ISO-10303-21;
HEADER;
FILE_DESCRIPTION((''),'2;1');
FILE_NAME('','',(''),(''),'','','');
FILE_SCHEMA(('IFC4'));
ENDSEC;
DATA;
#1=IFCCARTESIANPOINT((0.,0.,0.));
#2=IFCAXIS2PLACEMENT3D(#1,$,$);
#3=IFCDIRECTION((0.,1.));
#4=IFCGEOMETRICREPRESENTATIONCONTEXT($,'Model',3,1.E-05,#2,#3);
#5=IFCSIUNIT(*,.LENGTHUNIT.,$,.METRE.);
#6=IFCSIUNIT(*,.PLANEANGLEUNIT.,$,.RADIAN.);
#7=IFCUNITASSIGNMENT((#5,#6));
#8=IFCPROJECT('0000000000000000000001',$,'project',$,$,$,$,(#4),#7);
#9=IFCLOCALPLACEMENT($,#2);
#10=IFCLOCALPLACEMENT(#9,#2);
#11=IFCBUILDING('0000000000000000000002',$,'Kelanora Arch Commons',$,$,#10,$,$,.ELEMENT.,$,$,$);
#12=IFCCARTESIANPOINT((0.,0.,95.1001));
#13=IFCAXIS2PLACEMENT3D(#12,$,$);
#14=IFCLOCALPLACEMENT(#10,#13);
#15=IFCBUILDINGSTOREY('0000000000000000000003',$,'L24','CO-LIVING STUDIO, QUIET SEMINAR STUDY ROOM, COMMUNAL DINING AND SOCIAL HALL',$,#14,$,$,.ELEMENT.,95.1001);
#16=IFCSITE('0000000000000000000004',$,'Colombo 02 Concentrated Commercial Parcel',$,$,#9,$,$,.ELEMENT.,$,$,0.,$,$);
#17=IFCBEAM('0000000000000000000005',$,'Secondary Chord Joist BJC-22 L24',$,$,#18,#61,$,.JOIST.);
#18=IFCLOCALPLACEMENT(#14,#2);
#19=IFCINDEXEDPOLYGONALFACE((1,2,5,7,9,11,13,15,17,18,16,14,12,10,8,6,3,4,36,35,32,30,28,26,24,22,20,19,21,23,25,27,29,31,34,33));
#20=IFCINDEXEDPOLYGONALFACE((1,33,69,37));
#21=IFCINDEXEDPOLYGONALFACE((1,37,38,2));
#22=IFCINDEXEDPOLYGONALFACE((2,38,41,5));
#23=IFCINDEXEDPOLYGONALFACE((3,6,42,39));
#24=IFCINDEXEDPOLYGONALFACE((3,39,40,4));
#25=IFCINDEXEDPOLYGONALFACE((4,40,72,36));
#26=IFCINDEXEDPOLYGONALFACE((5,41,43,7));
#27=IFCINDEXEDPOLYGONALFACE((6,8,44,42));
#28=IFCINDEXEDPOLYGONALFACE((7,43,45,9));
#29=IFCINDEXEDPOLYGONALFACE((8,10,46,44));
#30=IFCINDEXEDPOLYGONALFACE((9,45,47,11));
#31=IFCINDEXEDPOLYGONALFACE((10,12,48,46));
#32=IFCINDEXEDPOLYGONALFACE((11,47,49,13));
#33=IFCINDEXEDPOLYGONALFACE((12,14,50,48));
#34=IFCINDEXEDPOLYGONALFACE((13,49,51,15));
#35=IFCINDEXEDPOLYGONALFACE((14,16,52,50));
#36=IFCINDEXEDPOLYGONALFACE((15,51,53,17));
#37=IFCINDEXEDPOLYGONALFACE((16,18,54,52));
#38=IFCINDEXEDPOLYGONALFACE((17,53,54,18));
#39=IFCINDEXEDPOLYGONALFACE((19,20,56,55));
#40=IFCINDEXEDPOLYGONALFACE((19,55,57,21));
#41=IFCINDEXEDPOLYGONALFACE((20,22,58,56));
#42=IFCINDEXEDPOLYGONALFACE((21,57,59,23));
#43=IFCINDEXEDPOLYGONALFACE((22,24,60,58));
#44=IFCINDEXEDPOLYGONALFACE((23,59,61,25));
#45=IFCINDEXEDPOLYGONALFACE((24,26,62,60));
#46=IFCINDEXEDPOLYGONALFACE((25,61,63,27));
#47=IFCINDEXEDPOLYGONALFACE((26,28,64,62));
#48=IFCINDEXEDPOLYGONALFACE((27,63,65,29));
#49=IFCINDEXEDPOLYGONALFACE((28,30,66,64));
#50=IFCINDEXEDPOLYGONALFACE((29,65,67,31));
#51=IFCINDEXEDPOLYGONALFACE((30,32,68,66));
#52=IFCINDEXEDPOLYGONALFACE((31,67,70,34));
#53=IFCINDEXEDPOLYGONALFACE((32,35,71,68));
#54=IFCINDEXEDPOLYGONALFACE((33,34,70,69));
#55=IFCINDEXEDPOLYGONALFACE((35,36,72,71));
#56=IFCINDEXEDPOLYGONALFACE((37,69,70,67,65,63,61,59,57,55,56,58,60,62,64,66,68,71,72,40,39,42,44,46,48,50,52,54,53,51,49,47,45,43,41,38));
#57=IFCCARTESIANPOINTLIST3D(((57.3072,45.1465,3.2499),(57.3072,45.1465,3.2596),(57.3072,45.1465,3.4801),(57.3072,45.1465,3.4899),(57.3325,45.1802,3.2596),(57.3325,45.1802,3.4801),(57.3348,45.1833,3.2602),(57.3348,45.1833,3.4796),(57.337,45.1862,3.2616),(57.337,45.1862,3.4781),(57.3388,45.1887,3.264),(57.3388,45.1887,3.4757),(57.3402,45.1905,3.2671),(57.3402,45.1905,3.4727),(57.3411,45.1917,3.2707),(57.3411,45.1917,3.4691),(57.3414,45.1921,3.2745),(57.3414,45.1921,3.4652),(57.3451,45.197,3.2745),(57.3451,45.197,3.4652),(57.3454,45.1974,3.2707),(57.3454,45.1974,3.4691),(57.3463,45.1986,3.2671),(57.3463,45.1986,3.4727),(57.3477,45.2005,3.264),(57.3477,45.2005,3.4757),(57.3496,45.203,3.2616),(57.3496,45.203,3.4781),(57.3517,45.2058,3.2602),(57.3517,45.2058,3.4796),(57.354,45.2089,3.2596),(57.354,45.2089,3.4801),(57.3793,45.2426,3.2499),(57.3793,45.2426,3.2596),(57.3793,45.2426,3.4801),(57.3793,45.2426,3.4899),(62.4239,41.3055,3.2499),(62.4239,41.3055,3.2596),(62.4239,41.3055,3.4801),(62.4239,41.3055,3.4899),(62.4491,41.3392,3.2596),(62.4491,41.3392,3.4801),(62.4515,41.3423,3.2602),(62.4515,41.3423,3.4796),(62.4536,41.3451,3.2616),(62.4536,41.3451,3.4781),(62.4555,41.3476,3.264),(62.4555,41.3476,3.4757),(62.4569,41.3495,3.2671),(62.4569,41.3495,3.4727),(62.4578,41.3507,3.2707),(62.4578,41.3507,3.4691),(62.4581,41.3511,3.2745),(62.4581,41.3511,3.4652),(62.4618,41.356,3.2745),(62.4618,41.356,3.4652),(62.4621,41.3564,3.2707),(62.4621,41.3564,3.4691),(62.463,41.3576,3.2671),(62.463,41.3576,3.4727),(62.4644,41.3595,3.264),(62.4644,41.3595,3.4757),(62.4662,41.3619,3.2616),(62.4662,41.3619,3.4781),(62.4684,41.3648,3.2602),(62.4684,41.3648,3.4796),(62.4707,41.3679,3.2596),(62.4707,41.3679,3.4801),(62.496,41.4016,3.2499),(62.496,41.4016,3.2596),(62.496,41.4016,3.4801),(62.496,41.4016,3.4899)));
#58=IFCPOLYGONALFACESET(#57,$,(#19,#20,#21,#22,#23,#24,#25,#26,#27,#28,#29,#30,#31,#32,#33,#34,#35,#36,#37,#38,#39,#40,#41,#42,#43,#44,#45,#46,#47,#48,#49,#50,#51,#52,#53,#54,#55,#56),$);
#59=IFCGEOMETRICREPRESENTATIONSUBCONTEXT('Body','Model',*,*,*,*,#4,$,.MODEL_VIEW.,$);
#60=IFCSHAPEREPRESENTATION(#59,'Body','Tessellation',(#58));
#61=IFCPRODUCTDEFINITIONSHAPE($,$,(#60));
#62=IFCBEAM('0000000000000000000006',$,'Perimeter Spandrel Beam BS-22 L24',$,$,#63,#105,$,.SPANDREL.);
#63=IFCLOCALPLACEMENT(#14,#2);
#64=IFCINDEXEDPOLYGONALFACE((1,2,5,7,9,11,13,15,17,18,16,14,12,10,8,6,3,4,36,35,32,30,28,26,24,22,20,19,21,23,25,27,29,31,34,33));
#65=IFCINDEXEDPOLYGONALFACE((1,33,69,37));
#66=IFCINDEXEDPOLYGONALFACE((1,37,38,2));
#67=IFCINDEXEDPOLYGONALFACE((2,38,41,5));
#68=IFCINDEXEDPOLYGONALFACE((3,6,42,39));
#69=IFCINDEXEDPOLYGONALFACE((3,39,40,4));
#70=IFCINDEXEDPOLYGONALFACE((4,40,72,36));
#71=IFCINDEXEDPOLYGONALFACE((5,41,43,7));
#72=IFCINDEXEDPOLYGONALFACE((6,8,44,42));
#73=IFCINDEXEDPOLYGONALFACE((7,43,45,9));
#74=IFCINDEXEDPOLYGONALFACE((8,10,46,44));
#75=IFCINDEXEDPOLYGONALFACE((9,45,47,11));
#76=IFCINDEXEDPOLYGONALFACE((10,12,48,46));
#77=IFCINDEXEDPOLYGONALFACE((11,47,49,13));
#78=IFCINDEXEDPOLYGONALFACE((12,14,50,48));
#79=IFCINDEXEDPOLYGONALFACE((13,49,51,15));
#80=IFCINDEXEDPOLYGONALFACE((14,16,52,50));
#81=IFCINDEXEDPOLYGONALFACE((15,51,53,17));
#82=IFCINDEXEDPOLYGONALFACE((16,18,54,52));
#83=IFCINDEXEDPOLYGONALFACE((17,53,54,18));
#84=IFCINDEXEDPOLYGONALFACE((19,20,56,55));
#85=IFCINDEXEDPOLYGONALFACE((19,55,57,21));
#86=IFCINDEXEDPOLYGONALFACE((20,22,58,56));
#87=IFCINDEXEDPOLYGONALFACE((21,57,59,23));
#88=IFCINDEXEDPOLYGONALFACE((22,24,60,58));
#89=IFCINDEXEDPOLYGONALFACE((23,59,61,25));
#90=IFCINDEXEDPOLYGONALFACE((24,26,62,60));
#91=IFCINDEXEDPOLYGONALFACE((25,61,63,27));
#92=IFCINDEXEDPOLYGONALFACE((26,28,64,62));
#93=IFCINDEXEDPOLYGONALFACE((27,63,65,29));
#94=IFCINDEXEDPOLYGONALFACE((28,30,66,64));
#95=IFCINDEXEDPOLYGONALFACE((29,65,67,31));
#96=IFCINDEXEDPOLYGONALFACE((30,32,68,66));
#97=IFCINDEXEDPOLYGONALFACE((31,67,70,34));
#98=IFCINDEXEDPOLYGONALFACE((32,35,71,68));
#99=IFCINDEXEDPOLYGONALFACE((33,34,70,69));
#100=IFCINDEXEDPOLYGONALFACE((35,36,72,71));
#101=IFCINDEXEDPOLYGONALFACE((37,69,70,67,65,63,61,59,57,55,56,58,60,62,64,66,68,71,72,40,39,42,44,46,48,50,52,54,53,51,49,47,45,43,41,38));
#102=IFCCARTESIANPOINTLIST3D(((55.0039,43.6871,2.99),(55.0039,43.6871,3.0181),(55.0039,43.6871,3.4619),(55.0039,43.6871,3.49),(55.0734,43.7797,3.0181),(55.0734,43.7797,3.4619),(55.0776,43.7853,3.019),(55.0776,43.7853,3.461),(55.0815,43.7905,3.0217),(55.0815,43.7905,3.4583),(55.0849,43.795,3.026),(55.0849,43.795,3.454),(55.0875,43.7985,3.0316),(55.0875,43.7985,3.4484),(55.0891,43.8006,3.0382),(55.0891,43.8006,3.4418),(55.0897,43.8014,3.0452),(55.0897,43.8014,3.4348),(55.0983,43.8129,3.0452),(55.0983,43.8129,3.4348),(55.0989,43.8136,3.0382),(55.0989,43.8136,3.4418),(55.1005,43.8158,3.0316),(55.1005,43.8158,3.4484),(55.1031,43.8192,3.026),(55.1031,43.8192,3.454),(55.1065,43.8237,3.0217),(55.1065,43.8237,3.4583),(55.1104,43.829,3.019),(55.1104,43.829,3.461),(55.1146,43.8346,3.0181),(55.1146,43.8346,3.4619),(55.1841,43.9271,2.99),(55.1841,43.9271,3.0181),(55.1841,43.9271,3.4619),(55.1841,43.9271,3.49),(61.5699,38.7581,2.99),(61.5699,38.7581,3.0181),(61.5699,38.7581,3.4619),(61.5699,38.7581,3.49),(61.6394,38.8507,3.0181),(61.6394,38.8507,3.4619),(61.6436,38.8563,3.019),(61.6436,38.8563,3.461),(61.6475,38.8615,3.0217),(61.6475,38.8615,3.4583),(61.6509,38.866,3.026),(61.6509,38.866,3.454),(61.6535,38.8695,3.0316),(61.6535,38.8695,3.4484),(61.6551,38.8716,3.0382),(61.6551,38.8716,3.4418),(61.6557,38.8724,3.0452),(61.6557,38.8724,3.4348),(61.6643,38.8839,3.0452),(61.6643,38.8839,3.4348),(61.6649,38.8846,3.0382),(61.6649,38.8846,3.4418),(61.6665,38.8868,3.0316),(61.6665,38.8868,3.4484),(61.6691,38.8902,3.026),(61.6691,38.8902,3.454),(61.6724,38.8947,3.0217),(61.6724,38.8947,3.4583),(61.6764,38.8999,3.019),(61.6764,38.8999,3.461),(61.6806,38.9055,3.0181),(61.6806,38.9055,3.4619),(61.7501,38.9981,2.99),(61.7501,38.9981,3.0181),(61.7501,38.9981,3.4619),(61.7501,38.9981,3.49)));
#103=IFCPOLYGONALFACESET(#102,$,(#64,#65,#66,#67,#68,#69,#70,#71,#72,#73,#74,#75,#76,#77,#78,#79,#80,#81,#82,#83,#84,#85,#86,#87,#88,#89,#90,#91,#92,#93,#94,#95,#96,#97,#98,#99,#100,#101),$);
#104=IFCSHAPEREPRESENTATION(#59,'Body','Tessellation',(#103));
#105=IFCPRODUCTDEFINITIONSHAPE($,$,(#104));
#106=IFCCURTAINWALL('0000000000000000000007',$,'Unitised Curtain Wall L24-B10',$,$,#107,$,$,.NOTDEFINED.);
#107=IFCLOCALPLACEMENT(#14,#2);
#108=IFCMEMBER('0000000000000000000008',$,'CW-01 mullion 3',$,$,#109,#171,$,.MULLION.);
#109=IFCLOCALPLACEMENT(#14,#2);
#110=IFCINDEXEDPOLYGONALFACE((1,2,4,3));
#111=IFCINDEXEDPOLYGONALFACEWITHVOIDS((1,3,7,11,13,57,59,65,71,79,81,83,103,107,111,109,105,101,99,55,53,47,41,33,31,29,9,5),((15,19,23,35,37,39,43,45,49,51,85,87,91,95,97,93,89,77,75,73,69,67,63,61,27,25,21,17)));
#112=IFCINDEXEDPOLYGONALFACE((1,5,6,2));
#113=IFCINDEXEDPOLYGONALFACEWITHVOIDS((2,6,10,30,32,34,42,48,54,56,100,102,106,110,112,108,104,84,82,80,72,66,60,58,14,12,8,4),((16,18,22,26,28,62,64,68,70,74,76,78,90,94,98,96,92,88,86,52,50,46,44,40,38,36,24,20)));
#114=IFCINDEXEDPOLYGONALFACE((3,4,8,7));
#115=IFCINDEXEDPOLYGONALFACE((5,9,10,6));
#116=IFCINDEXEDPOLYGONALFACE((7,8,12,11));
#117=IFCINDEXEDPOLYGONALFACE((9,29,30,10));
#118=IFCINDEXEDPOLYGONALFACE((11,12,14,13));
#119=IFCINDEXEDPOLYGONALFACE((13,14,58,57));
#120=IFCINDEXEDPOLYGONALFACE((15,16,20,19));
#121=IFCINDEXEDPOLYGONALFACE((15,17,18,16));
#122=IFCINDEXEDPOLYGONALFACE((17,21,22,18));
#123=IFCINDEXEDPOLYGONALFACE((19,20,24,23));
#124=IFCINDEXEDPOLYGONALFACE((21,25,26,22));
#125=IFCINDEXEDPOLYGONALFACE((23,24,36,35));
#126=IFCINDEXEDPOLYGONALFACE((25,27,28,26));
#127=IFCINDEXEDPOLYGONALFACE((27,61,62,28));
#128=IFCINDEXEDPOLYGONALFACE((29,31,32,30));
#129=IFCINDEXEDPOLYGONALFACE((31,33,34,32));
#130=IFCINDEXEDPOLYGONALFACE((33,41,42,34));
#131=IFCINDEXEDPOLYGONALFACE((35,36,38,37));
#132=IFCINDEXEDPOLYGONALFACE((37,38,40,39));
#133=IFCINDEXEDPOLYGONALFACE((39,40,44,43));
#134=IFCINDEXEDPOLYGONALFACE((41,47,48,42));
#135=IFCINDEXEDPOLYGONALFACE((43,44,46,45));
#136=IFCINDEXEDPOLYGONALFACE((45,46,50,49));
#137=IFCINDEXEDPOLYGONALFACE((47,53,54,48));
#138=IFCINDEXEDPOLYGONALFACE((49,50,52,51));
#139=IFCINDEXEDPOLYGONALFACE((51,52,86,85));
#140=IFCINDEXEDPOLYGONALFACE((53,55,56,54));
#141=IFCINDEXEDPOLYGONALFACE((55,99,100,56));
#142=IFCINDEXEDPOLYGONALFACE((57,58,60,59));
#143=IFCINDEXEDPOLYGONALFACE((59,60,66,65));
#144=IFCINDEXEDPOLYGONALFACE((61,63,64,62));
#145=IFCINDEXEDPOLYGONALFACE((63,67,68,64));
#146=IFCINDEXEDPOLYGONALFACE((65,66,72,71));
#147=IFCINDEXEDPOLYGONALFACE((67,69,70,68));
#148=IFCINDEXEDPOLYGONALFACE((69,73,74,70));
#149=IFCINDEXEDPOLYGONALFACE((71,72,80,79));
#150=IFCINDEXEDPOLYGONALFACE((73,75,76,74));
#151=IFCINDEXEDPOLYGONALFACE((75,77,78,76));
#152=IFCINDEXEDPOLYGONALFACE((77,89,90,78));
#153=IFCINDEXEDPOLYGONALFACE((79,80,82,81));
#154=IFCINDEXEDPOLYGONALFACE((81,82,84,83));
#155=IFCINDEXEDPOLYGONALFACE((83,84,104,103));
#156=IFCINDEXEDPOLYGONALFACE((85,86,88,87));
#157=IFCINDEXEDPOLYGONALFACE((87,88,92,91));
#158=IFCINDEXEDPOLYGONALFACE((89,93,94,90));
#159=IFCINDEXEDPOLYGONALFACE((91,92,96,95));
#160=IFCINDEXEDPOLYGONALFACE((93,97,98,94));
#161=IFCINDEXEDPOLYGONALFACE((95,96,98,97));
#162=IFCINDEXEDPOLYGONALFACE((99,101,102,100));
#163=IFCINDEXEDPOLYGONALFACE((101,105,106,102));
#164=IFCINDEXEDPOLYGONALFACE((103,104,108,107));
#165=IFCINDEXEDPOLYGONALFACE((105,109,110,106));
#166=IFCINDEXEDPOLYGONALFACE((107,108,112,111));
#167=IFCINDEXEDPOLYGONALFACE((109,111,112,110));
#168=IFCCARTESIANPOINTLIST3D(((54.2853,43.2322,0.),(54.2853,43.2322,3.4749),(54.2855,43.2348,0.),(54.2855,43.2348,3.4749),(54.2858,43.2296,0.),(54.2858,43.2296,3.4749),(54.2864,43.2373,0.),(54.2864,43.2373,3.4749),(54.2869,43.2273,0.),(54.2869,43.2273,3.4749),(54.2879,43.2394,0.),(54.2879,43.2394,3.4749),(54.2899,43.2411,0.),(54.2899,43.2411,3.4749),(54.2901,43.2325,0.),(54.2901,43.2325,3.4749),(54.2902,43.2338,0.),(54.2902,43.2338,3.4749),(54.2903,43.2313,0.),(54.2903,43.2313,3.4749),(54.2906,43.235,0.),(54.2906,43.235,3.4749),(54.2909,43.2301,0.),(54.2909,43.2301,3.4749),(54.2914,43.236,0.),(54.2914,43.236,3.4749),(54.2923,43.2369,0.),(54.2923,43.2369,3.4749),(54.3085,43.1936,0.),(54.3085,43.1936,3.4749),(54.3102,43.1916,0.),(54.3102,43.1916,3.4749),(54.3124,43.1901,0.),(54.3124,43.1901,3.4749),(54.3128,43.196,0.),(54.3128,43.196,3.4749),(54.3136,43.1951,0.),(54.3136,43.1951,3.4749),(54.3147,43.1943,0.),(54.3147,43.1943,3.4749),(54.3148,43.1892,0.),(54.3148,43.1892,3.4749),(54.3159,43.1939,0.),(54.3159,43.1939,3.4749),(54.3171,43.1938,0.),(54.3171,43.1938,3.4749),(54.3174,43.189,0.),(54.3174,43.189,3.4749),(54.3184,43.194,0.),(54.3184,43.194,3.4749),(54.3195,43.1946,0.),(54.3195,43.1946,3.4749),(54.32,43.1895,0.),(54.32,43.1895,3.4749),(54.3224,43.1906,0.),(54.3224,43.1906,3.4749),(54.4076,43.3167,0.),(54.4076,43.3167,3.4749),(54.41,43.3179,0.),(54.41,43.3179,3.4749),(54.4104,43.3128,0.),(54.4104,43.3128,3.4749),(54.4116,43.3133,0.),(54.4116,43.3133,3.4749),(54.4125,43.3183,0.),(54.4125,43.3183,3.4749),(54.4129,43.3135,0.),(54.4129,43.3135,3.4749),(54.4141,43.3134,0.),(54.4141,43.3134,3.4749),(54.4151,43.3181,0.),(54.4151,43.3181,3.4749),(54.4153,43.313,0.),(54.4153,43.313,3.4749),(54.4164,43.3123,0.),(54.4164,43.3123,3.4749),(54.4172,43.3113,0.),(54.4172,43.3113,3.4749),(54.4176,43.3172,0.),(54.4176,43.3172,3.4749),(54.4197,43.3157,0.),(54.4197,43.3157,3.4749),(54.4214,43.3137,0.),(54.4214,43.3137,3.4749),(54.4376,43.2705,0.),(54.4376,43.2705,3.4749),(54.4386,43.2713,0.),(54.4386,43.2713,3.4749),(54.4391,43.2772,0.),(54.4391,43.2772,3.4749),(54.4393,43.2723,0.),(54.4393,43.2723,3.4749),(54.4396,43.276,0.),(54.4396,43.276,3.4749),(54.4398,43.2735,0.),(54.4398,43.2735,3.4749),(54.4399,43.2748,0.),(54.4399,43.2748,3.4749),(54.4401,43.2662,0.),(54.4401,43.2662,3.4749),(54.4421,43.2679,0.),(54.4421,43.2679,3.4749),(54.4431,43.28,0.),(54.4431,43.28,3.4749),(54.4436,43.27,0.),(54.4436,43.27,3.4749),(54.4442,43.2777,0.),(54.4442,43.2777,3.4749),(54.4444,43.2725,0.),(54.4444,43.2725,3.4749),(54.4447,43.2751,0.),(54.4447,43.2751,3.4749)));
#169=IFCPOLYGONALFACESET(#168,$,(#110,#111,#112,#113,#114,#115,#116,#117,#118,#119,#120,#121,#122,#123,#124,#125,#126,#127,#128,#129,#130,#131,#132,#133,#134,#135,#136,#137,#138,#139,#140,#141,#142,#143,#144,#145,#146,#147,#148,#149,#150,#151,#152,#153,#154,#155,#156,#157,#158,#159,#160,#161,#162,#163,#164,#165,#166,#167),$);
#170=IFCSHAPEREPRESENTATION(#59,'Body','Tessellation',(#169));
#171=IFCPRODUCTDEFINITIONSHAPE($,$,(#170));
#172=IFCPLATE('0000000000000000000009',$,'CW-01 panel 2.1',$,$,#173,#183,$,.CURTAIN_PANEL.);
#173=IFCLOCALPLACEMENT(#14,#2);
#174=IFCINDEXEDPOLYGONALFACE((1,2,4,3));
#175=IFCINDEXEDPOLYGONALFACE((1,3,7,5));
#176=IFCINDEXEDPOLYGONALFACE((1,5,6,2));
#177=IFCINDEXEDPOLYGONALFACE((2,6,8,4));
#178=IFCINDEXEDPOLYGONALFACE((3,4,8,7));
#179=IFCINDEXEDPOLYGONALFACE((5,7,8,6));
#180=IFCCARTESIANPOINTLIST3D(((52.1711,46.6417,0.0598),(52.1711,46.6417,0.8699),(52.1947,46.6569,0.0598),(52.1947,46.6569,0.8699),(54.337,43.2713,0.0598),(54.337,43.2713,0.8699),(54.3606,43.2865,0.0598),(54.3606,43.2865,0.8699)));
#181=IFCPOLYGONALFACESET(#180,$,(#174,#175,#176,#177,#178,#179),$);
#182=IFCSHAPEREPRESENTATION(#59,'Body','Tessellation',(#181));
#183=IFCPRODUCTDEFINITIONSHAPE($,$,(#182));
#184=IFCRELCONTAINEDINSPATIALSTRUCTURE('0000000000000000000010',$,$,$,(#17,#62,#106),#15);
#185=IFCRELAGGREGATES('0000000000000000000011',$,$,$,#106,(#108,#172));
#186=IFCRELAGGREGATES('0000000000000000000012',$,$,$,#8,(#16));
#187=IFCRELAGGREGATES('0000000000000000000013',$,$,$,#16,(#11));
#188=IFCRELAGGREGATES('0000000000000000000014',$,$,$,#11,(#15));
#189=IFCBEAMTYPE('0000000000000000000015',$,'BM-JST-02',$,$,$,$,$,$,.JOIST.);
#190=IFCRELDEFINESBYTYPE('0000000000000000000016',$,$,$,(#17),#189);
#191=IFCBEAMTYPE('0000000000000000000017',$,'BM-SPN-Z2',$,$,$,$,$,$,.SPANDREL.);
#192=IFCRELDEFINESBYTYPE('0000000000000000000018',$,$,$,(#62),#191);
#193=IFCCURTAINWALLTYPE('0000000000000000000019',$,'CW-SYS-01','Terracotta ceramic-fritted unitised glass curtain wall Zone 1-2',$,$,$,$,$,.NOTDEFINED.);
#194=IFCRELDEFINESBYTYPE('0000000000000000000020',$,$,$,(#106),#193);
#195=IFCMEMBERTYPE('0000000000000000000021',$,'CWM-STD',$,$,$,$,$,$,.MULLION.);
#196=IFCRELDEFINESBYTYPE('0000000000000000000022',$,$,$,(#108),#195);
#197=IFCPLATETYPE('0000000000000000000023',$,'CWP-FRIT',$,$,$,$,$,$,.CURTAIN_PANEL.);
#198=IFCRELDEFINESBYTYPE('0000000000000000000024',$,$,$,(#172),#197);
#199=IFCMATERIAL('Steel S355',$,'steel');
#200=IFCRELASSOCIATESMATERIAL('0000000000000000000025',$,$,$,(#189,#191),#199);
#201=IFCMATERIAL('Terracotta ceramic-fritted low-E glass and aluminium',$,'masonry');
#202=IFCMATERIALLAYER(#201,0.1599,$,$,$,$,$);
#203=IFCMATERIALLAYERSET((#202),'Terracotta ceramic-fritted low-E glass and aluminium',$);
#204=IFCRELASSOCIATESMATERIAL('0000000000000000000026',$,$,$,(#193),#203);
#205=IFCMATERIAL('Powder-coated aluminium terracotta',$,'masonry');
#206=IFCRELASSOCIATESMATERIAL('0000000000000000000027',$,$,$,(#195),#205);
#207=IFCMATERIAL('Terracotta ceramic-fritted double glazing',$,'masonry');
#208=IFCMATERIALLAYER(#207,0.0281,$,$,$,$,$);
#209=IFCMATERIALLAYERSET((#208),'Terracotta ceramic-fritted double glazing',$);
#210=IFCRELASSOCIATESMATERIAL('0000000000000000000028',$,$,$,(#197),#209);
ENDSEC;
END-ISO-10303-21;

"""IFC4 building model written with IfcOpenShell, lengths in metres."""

from ifc_helpers import new_model, si_unit, direction, frame, origin, origin_2d, place, context, subcontext, project, spatial, rectangle, hollow_rectangle, i_section, extrude, source, transform, mapped, material, layer, layer_set, material_profile, profile_set, type_object, element, aggregate, save


model = new_model("IFC4")

# Units and contexts
model_context = context("Model", 3, precision=1e-05, world=origin(), true_north=direction((0.0, 1.0)))
body_context = subcontext(model_context, "Body", "Model", "MODEL_VIEW")
ifc_project = project(units=[si_unit("LENGTHUNIT", "METRE"), si_unit("PLANEANGLEUNIT", "RADIAN")], contexts=[model_context])

# Site, building, storey
site_placement = place(None, origin())
site = spatial("IfcSite", under=ifc_project, at=site_placement, Name="Colombo 02 Concentrated Commercial Parcel", CompositionType="ELEMENT", RefElevation=0.0)
building_placement = place(site_placement, origin())
building = spatial("IfcBuilding", under=site, at=building_placement, Name="Kelanora Arch Commons", CompositionType="ELEMENT")
storey_placement = place(building_placement, frame((0.0, 0.0, 95.1001)))
storey = spatial("IfcBuildingStorey", under=building, at=storey_placement, Name="L24", Description="CO-LIVING STUDIO, QUIET SEMINAR STUDY ROOM, COMMUNAL DINING AND SOCIAL HALL", CompositionType="ELEMENT", Elevation=95.1001)

# Beams
ifc_material_1 = material(Name="Steel S355", Category="steel")
ifc_material_profile_1 = material_profile(ifc_material_1, i_section(OverallWidth=0.1201, OverallDepth=0.24, WebThickness=0.0061, FlangeThickness=0.0098, FilletRadius=0.0149, at=origin_2d()), Name="IPE240")
ifc_profile_set_1 = profile_set([ifc_material_profile_1], Name="Steel S355")
beam_type_1 = type_object("IfcBeamType", Name="BM-JST-02", PredefinedType="JOIST", material=ifc_profile_set_1)
beam_1_placement = place(storey_placement, frame((57.3433, 45.1946, 3.3699), z_axis=(0.799734, -0.600354, 0.0), x_axis=(0.600354, 0.799734, 0.0)))
element("IfcBeam", 1, at=beam_1_placement, inside=storey, type_object=beam_type_1, Name="Secondary Chord Joist BJC-22 L24", PredefinedType="JOIST", context=body_context, shape_type="SweptSolid", body=[
    extrude(i_section(OverallWidth=0.1201, OverallDepth=0.24, WebThickness=0.0061, FlangeThickness=0.0098, FilletRadius=0.0149, at=origin_2d()), origin(), (0.0, 0.0, 1.0), 6.3979),
])
ifc_material_profile_2 = material_profile(ifc_material_1, i_section(OverallWidth=0.3, OverallDepth=0.5, WebThickness=0.0144, FlangeThickness=0.0281, FilletRadius=0.0271, at=origin_2d()), Name="HEB500")
ifc_profile_set_2 = profile_set([ifc_material_profile_2], Name="Steel S355")
beam_type_2 = type_object("IfcBeamType", Name="BM-SPN-Z2", PredefinedType="SPANDREL", material=ifc_profile_set_2)
beam_2_placement = place(storey_placement, frame((55.094, 43.8071, 3.24), z_axis=(0.799736, -0.600352, 0.0), x_axis=(0.600352, 0.799736, 0.0)))
element("IfcBeam", 2, at=beam_2_placement, inside=storey, type_object=beam_type_2, Name="Perimeter Spandrel Beam BS-22 L24", PredefinedType="SPANDREL", context=body_context, shape_type="SweptSolid", body=[
    extrude(i_section(OverallWidth=0.3, OverallDepth=0.5, WebThickness=0.0144, FlangeThickness=0.0281, FilletRadius=0.0271, at=origin_2d()), origin(), (0.0, 0.0, 1.0), 8.2102),
])

# Curtain wall, member, plate
ifc_material_2 = material(Name="Terracotta ceramic-fritted low-E glass and aluminium", Category="masonry")
ifc_layer_1 = layer(ifc_material_2, 0.1599)
ifc_layer_set_1 = layer_set([ifc_layer_1], Name="Terracotta ceramic-fritted low-E glass and aluminium")
curtain_wall_type = type_object("IfcCurtainWallType", Name="CW-SYS-01", Description="Terracotta ceramic-fritted unitised glass curtain wall Zone 1-2", PredefinedType="NOTDEFINED", material=ifc_layer_set_1)
curtain_wall_placement = place(storey_placement, origin())
curtain_wall = element("IfcCurtainWall", 3, at=curtain_wall_placement, inside=storey, type_object=curtain_wall_type, Name="Unitised Curtain Wall L24-B10", PredefinedType="NOTDEFINED")
ifc_material_3 = material(Name="Powder-coated aluminium terracotta", Category="masonry")
ifc_material_profile_3 = material_profile(ifc_material_3, hollow_rectangle(XDim=0.1599, YDim=0.0601, WallThickness=0.0049, InnerFilletRadius=0.0049, OuterFilletRadius=0.01, at=origin_2d()), Name="CWM160x60")
ifc_profile_set_3 = profile_set([ifc_material_profile_3], Name="Powder-coated aluminium terracotta")
member_type = type_object("IfcMemberType", Name="CWM-STD", PredefinedType="MULLION", material=ifc_profile_set_3)
member_placement = place(storey_placement, frame((54.365, 43.2537, 0.0), z_axis=(0.0, 0.0, 1.0), x_axis=(0.841269, 0.540617, 0.0)))
member = element("IfcMember", 4, at=member_placement, type_object=member_type, Name="CW-01 mullion 3", PredefinedType="MULLION", context=body_context, shape_type="SweptSolid", body=[
    extrude(hollow_rectangle(XDim=0.1599, YDim=0.0601, WallThickness=0.0049, InnerFilletRadius=0.0049, OuterFilletRadius=0.01, at=origin_2d()), origin(), (0.0, 0.0, 1.0), 3.4749),
])
ifc_material_4 = material(Name="Terracotta ceramic-fritted double glazing", Category="masonry")
ifc_layer_2 = layer(ifc_material_4, 0.0281)
ifc_layer_set_2 = layer_set([ifc_layer_2], Name="Terracotta ceramic-fritted double glazing")
plate_type = type_object("IfcPlateType", Name="CWP-FRIT", PredefinedType="CURTAIN_PANEL", material=ifc_layer_set_2)
shared_shape_1 = source(origin(), body_context, "Body", "SweptSolid", [
    extrude(rectangle(XDim=4.0063, YDim=0.0281, at=origin_2d()), origin(), (0.0, 0.0, 1.0), 0.8101),
])
plate_1_placement = place(storey_placement, frame((53.2659, 44.9641, 0.0598), z_axis=(0.0, 0.0, 1.0), x_axis=(0.540617, -0.841269, 0.0)))
plate_1 = element("IfcPlate", 5, at=plate_1_placement, type_object=plate_type, Name="CW-01 panel 2.1", PredefinedType="CURTAIN_PANEL", context=body_context, shape_type="MappedRepresentation", body=[
    mapped(shared_shape_1, transform((0.0, 0.0, 0.0), scale=1.0)),
])
aggregate(curtain_wall, [member, plate_1])

save(model, "model.ifc")
